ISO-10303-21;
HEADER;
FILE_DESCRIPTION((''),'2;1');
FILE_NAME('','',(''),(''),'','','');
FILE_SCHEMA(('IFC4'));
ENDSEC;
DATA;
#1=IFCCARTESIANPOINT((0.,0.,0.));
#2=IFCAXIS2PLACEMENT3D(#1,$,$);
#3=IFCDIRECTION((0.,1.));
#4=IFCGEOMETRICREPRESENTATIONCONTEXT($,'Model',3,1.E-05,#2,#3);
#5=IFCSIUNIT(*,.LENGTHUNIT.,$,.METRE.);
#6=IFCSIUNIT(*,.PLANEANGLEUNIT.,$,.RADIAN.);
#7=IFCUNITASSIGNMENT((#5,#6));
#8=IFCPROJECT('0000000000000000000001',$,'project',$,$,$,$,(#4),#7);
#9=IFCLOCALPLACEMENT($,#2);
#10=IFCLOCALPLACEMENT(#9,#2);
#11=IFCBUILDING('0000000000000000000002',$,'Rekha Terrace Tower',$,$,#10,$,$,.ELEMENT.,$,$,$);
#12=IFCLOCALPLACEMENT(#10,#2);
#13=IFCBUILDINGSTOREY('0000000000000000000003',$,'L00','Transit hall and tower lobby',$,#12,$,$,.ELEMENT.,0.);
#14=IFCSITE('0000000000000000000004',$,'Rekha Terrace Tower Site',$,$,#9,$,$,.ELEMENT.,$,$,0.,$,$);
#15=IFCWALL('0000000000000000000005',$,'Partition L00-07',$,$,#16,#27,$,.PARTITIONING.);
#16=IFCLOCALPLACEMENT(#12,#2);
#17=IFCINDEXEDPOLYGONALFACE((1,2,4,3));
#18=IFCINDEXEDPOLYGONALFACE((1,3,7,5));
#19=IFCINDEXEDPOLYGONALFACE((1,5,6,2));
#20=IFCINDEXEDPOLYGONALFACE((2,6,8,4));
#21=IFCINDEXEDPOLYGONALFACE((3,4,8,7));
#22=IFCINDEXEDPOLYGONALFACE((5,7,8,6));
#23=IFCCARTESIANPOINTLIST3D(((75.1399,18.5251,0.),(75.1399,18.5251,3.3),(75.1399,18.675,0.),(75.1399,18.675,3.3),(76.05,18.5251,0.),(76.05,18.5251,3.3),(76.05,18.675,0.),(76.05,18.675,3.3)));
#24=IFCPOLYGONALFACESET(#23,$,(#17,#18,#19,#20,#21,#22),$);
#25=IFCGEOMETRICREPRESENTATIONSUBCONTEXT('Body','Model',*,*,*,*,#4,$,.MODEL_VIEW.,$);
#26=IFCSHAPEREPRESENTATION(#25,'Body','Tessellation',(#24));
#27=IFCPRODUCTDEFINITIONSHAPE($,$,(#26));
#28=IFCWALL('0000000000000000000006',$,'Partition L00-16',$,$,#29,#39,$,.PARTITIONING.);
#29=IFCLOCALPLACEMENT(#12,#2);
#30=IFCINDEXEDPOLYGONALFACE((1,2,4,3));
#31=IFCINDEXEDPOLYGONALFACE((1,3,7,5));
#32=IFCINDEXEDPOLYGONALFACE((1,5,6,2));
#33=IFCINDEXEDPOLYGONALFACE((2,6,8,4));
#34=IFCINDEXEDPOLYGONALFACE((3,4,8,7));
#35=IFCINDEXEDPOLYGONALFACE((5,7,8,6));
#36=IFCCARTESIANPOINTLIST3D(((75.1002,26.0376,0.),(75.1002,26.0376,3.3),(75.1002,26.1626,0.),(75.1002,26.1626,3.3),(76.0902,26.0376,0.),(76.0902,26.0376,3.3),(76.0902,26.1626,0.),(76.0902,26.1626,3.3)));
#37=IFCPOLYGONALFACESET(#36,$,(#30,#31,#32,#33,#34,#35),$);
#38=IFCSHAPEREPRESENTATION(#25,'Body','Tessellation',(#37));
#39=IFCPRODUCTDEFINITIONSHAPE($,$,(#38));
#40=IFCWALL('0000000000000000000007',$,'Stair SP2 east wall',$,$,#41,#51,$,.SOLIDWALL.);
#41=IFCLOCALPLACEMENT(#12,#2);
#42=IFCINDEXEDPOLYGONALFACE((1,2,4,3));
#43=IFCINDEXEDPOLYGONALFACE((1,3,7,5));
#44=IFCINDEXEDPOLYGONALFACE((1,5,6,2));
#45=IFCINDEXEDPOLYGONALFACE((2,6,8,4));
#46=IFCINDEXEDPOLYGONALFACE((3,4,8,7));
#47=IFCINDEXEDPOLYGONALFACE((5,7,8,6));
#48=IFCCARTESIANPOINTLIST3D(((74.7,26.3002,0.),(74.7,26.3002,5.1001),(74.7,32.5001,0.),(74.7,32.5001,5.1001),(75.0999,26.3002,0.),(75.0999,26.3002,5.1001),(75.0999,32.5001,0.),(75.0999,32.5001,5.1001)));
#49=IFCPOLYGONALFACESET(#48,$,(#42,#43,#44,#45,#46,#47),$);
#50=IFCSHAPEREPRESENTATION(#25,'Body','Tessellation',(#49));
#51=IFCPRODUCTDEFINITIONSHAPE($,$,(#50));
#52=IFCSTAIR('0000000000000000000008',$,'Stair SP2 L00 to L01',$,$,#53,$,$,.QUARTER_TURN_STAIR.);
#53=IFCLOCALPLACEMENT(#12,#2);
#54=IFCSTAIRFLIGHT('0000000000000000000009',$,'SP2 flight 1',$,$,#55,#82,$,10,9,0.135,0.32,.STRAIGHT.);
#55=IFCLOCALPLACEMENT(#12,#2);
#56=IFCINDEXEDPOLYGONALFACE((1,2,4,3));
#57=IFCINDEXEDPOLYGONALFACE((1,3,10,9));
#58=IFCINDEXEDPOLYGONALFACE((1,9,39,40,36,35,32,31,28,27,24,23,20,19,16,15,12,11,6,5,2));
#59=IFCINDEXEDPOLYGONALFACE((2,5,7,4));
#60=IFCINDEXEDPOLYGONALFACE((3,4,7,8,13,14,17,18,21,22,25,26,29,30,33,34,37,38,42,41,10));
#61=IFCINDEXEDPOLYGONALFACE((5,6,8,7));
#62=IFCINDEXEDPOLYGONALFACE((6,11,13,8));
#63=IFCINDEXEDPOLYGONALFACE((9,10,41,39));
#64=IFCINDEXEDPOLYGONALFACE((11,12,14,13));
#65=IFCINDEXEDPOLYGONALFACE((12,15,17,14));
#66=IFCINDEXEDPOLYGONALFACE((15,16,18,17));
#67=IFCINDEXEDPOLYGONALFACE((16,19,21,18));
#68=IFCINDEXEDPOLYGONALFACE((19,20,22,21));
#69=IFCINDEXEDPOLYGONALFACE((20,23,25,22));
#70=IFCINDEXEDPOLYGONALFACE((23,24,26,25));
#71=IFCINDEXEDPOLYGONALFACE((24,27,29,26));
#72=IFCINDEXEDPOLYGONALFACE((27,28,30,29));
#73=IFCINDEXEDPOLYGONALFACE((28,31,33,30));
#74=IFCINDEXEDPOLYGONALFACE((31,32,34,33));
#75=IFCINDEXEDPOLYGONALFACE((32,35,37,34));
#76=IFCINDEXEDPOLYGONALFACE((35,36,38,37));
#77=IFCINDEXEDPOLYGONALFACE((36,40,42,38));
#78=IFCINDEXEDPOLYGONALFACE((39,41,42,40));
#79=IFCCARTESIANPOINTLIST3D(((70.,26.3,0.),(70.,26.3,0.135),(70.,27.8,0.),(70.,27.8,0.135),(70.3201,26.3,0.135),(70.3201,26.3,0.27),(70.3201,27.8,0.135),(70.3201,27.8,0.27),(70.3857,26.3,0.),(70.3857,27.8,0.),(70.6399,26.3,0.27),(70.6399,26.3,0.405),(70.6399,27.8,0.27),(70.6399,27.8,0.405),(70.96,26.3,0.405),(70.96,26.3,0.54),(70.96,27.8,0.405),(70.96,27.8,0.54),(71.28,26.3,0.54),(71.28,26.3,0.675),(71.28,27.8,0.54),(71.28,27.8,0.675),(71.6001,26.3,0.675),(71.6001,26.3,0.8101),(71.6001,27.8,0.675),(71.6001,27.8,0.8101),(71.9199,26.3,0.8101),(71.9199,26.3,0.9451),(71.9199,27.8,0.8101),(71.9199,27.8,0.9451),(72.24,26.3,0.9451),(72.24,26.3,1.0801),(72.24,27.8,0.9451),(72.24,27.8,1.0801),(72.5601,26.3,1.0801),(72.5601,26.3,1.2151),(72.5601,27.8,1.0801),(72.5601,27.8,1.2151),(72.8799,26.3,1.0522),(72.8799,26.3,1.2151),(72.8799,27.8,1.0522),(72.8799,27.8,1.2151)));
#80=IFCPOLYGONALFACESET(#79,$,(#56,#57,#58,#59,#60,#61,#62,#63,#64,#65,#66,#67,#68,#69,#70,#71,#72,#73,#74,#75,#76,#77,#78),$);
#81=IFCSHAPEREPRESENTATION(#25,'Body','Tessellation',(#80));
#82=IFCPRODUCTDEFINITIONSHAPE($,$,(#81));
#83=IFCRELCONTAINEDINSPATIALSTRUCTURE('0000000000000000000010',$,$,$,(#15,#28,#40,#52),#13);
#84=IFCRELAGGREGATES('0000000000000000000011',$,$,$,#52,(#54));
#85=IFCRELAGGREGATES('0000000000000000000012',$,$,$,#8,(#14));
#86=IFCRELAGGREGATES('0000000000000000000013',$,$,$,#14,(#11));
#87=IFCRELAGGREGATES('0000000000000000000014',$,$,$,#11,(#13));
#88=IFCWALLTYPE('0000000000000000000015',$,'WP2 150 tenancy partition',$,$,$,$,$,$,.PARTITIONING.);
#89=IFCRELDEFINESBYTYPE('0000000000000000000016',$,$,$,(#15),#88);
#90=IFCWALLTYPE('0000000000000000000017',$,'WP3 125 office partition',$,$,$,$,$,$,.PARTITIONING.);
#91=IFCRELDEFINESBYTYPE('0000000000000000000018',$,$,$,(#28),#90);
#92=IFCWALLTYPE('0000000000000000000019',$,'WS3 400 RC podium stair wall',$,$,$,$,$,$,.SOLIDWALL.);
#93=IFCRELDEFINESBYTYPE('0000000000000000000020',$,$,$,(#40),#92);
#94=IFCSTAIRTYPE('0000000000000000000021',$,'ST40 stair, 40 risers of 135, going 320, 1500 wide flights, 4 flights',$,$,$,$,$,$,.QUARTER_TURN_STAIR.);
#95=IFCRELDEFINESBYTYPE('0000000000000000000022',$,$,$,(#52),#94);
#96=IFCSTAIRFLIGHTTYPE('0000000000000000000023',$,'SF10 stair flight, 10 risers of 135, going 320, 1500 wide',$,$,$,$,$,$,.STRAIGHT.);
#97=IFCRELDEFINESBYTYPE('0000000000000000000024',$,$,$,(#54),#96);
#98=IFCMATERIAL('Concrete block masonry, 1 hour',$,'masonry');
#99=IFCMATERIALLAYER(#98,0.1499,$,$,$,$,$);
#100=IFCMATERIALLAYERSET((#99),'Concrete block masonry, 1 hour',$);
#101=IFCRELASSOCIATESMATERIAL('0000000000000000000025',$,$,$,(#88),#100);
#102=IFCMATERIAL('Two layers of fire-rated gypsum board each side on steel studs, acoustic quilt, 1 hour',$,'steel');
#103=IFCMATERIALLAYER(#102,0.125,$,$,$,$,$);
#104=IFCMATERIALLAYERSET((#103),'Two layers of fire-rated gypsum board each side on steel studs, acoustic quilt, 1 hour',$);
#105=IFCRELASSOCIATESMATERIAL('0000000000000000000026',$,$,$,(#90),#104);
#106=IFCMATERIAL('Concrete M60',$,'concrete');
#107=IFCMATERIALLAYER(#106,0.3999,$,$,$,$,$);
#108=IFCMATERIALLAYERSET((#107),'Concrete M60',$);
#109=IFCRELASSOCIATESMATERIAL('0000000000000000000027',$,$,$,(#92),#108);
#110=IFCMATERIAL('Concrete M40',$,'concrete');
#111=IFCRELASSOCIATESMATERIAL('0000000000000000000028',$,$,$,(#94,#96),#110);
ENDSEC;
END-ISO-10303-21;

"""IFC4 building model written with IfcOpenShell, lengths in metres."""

from ifc_helpers import new_model, si_unit, direction, frame, frame_2d, origin, place, context, subcontext, project, spatial, polyline, rectangle, outline, extrude, material, layer, layer_set, type_object, element, aggregate, save


model = new_model("IFC4")

# Units and contexts
model_context = context("Model", 3, precision=1e-05, world=origin(), true_north=direction((0.0, 1.0)))
body_context = subcontext(model_context, "Body", "Model", "MODEL_VIEW")
ifc_project = project(units=[si_unit("LENGTHUNIT", "METRE"), si_unit("PLANEANGLEUNIT", "RADIAN")], contexts=[model_context])

# Site, building, storey
site_placement = place(None, origin())
site = spatial("IfcSite", under=ifc_project, at=site_placement, Name="Rekha Terrace Tower Site", CompositionType="ELEMENT", RefElevation=0.0)
building_placement = place(site_placement, origin())
building = spatial("IfcBuilding", under=site, at=building_placement, Name="Rekha Terrace Tower", CompositionType="ELEMENT")
storey_placement = place(building_placement, origin())
storey = spatial("IfcBuildingStorey", under=building, at=storey_placement, Name="L00", Description="Transit hall and tower lobby", CompositionType="ELEMENT", Elevation=0.0)

# Shared definitions
ifc_material_1 = material(Name="Concrete M60", Category="concrete")

# Shared definitions
ifc_material_2 = material(Name="Concrete M40", Category="concrete")

# Walls
ifc_material_3 = material(Name="Concrete block masonry, 1 hour", Category="masonry")
ifc_layer_1 = layer(ifc_material_3, 0.1499)
ifc_layer_set_1 = layer_set([ifc_layer_1], Name="Concrete block masonry, 1 hour")
wall_type_1 = type_object("IfcWallType", Name="WP2 150 tenancy partition", PredefinedType="PARTITIONING", material=ifc_layer_set_1)
wall_1_placement = place(storey_placement, frame((75.1399, 18.6001, 0.0), z_axis=(0.0, 0.0, 1.0), x_axis=(1.0, 0.0, 0.0)))
element("IfcWall", 1, at=wall_1_placement, inside=storey, type_object=wall_type_1, Name="Partition L00-07", PredefinedType="PARTITIONING", context=body_context, shape_type="SweptSolid", body=[
    extrude(rectangle(XDim=0.9102, YDim=0.1499, at=frame_2d((0.4551, 0.0))), origin(), (0.0, 0.0, 1.0), 3.3),
])
ifc_material_4 = material(Name="Two layers of fire-rated gypsum board each side on steel studs, acoustic quilt, 1 hour", Category="steel")
ifc_layer_2 = layer(ifc_material_4, 0.125)
ifc_layer_set_2 = layer_set([ifc_layer_2], Name="Two layers of fire-rated gypsum board each side on steel studs, acoustic quilt, 1 hour")
wall_type_2 = type_object("IfcWallType", Name="WP3 125 office partition", PredefinedType="PARTITIONING", material=ifc_layer_set_2)
wall_2_placement = place(storey_placement, frame((75.1001, 26.1001, 0.0), z_axis=(0.0, 0.0, 1.0), x_axis=(1.0, 0.0, 0.0)))
element("IfcWall", 2, at=wall_2_placement, inside=storey, type_object=wall_type_2, Name="Partition L00-16", PredefinedType="PARTITIONING", context=body_context, shape_type="SweptSolid", body=[
    extrude(rectangle(XDim=0.99, YDim=0.125, at=frame_2d((0.4951, 0.0))), origin(), (0.0, 0.0, 1.0), 3.3),
])
ifc_layer_3 = layer(ifc_material_1, 0.3999)
ifc_layer_set_3 = layer_set([ifc_layer_3], Name="Concrete M60")
wall_type_3 = type_object("IfcWallType", Name="WS3 400 RC podium stair wall", PredefinedType="SOLIDWALL", material=ifc_layer_set_3)
wall_3_placement = place(storey_placement, frame((74.8999, 26.3, 0.0), z_axis=(0.0, 0.0, 1.0), x_axis=(0.0, 1.0, 0.0)))
element("IfcWall", 3, at=wall_3_placement, inside=storey, type_object=wall_type_3, Name="Stair SP2 east wall", PredefinedType="SOLIDWALL", context=body_context, shape_type="SweptSolid", body=[
    extrude(rectangle(XDim=6.2, YDim=0.3999, at=frame_2d((3.1001, 0.0))), origin(), (0.0, 0.0, 1.0), 5.1001),
])

# Stair, stair flight
stair_type = type_object("IfcStairType", Name="ST40 stair, 40 risers of 135, going 320, 1500 wide flights, 4 flights", PredefinedType="QUARTER_TURN_STAIR", material=ifc_material_2)
stair_placement = place(storey_placement, origin())
stair = element("IfcStair", 4, at=stair_placement, inside=storey, type_object=stair_type, Name="Stair SP2 L00 to L01", PredefinedType="QUARTER_TURN_STAIR")
stair_flight_type = type_object("IfcStairFlightType", Name="SF10 stair flight, 10 risers of 135, going 320, 1500 wide", PredefinedType="STRAIGHT", material=ifc_material_2)
stair_flight_placement = place(storey_placement, frame((70.0, 27.05, 0.0), z_axis=(0.0, 0.0, 1.0), x_axis=(1.0, 0.0, 0.0)))
stair_flight = element("IfcStairFlight", 5, at=stair_flight_placement, type_object=stair_flight_type, Name="SP2 flight 1", NumberOfRisers=10, NumberOfTreads=9, PredefinedType="STRAIGHT", RiserHeight=0.135, TreadLength=0.32, context=body_context, shape_type="SweptSolid", body=[
    extrude(outline(polyline([(0.0, 0.0), (0.0, 0.135), (0.3201, 0.135), (0.3201, 0.27), (0.6399, 0.27), (0.6399, 0.405), (0.96, 0.405), (0.96, 0.54), (1.28, 0.54), (1.28, 0.675), (1.6001, 0.675), (1.6001, 0.8101), (1.9199, 0.8101), (1.9199, 0.9451), (2.24, 0.9451), (2.24, 1.0801), (2.5601, 1.0801), (2.5601, 1.2151), (2.8799, 1.2151), (2.8799, 1.3501), (2.8799, 1.0522), (0.3857, 0.0), (0.0, 0.0)])), frame((0.0, 0.75, 0.0), z_axis=(0.0, -1.0, 0.0), x_axis=(1.0, 0.0, 0.0)), (0.0, 0.0, 1.0), 1.5),
])
aggregate(stair, [stair_flight])

save(model, "model.ifc")
